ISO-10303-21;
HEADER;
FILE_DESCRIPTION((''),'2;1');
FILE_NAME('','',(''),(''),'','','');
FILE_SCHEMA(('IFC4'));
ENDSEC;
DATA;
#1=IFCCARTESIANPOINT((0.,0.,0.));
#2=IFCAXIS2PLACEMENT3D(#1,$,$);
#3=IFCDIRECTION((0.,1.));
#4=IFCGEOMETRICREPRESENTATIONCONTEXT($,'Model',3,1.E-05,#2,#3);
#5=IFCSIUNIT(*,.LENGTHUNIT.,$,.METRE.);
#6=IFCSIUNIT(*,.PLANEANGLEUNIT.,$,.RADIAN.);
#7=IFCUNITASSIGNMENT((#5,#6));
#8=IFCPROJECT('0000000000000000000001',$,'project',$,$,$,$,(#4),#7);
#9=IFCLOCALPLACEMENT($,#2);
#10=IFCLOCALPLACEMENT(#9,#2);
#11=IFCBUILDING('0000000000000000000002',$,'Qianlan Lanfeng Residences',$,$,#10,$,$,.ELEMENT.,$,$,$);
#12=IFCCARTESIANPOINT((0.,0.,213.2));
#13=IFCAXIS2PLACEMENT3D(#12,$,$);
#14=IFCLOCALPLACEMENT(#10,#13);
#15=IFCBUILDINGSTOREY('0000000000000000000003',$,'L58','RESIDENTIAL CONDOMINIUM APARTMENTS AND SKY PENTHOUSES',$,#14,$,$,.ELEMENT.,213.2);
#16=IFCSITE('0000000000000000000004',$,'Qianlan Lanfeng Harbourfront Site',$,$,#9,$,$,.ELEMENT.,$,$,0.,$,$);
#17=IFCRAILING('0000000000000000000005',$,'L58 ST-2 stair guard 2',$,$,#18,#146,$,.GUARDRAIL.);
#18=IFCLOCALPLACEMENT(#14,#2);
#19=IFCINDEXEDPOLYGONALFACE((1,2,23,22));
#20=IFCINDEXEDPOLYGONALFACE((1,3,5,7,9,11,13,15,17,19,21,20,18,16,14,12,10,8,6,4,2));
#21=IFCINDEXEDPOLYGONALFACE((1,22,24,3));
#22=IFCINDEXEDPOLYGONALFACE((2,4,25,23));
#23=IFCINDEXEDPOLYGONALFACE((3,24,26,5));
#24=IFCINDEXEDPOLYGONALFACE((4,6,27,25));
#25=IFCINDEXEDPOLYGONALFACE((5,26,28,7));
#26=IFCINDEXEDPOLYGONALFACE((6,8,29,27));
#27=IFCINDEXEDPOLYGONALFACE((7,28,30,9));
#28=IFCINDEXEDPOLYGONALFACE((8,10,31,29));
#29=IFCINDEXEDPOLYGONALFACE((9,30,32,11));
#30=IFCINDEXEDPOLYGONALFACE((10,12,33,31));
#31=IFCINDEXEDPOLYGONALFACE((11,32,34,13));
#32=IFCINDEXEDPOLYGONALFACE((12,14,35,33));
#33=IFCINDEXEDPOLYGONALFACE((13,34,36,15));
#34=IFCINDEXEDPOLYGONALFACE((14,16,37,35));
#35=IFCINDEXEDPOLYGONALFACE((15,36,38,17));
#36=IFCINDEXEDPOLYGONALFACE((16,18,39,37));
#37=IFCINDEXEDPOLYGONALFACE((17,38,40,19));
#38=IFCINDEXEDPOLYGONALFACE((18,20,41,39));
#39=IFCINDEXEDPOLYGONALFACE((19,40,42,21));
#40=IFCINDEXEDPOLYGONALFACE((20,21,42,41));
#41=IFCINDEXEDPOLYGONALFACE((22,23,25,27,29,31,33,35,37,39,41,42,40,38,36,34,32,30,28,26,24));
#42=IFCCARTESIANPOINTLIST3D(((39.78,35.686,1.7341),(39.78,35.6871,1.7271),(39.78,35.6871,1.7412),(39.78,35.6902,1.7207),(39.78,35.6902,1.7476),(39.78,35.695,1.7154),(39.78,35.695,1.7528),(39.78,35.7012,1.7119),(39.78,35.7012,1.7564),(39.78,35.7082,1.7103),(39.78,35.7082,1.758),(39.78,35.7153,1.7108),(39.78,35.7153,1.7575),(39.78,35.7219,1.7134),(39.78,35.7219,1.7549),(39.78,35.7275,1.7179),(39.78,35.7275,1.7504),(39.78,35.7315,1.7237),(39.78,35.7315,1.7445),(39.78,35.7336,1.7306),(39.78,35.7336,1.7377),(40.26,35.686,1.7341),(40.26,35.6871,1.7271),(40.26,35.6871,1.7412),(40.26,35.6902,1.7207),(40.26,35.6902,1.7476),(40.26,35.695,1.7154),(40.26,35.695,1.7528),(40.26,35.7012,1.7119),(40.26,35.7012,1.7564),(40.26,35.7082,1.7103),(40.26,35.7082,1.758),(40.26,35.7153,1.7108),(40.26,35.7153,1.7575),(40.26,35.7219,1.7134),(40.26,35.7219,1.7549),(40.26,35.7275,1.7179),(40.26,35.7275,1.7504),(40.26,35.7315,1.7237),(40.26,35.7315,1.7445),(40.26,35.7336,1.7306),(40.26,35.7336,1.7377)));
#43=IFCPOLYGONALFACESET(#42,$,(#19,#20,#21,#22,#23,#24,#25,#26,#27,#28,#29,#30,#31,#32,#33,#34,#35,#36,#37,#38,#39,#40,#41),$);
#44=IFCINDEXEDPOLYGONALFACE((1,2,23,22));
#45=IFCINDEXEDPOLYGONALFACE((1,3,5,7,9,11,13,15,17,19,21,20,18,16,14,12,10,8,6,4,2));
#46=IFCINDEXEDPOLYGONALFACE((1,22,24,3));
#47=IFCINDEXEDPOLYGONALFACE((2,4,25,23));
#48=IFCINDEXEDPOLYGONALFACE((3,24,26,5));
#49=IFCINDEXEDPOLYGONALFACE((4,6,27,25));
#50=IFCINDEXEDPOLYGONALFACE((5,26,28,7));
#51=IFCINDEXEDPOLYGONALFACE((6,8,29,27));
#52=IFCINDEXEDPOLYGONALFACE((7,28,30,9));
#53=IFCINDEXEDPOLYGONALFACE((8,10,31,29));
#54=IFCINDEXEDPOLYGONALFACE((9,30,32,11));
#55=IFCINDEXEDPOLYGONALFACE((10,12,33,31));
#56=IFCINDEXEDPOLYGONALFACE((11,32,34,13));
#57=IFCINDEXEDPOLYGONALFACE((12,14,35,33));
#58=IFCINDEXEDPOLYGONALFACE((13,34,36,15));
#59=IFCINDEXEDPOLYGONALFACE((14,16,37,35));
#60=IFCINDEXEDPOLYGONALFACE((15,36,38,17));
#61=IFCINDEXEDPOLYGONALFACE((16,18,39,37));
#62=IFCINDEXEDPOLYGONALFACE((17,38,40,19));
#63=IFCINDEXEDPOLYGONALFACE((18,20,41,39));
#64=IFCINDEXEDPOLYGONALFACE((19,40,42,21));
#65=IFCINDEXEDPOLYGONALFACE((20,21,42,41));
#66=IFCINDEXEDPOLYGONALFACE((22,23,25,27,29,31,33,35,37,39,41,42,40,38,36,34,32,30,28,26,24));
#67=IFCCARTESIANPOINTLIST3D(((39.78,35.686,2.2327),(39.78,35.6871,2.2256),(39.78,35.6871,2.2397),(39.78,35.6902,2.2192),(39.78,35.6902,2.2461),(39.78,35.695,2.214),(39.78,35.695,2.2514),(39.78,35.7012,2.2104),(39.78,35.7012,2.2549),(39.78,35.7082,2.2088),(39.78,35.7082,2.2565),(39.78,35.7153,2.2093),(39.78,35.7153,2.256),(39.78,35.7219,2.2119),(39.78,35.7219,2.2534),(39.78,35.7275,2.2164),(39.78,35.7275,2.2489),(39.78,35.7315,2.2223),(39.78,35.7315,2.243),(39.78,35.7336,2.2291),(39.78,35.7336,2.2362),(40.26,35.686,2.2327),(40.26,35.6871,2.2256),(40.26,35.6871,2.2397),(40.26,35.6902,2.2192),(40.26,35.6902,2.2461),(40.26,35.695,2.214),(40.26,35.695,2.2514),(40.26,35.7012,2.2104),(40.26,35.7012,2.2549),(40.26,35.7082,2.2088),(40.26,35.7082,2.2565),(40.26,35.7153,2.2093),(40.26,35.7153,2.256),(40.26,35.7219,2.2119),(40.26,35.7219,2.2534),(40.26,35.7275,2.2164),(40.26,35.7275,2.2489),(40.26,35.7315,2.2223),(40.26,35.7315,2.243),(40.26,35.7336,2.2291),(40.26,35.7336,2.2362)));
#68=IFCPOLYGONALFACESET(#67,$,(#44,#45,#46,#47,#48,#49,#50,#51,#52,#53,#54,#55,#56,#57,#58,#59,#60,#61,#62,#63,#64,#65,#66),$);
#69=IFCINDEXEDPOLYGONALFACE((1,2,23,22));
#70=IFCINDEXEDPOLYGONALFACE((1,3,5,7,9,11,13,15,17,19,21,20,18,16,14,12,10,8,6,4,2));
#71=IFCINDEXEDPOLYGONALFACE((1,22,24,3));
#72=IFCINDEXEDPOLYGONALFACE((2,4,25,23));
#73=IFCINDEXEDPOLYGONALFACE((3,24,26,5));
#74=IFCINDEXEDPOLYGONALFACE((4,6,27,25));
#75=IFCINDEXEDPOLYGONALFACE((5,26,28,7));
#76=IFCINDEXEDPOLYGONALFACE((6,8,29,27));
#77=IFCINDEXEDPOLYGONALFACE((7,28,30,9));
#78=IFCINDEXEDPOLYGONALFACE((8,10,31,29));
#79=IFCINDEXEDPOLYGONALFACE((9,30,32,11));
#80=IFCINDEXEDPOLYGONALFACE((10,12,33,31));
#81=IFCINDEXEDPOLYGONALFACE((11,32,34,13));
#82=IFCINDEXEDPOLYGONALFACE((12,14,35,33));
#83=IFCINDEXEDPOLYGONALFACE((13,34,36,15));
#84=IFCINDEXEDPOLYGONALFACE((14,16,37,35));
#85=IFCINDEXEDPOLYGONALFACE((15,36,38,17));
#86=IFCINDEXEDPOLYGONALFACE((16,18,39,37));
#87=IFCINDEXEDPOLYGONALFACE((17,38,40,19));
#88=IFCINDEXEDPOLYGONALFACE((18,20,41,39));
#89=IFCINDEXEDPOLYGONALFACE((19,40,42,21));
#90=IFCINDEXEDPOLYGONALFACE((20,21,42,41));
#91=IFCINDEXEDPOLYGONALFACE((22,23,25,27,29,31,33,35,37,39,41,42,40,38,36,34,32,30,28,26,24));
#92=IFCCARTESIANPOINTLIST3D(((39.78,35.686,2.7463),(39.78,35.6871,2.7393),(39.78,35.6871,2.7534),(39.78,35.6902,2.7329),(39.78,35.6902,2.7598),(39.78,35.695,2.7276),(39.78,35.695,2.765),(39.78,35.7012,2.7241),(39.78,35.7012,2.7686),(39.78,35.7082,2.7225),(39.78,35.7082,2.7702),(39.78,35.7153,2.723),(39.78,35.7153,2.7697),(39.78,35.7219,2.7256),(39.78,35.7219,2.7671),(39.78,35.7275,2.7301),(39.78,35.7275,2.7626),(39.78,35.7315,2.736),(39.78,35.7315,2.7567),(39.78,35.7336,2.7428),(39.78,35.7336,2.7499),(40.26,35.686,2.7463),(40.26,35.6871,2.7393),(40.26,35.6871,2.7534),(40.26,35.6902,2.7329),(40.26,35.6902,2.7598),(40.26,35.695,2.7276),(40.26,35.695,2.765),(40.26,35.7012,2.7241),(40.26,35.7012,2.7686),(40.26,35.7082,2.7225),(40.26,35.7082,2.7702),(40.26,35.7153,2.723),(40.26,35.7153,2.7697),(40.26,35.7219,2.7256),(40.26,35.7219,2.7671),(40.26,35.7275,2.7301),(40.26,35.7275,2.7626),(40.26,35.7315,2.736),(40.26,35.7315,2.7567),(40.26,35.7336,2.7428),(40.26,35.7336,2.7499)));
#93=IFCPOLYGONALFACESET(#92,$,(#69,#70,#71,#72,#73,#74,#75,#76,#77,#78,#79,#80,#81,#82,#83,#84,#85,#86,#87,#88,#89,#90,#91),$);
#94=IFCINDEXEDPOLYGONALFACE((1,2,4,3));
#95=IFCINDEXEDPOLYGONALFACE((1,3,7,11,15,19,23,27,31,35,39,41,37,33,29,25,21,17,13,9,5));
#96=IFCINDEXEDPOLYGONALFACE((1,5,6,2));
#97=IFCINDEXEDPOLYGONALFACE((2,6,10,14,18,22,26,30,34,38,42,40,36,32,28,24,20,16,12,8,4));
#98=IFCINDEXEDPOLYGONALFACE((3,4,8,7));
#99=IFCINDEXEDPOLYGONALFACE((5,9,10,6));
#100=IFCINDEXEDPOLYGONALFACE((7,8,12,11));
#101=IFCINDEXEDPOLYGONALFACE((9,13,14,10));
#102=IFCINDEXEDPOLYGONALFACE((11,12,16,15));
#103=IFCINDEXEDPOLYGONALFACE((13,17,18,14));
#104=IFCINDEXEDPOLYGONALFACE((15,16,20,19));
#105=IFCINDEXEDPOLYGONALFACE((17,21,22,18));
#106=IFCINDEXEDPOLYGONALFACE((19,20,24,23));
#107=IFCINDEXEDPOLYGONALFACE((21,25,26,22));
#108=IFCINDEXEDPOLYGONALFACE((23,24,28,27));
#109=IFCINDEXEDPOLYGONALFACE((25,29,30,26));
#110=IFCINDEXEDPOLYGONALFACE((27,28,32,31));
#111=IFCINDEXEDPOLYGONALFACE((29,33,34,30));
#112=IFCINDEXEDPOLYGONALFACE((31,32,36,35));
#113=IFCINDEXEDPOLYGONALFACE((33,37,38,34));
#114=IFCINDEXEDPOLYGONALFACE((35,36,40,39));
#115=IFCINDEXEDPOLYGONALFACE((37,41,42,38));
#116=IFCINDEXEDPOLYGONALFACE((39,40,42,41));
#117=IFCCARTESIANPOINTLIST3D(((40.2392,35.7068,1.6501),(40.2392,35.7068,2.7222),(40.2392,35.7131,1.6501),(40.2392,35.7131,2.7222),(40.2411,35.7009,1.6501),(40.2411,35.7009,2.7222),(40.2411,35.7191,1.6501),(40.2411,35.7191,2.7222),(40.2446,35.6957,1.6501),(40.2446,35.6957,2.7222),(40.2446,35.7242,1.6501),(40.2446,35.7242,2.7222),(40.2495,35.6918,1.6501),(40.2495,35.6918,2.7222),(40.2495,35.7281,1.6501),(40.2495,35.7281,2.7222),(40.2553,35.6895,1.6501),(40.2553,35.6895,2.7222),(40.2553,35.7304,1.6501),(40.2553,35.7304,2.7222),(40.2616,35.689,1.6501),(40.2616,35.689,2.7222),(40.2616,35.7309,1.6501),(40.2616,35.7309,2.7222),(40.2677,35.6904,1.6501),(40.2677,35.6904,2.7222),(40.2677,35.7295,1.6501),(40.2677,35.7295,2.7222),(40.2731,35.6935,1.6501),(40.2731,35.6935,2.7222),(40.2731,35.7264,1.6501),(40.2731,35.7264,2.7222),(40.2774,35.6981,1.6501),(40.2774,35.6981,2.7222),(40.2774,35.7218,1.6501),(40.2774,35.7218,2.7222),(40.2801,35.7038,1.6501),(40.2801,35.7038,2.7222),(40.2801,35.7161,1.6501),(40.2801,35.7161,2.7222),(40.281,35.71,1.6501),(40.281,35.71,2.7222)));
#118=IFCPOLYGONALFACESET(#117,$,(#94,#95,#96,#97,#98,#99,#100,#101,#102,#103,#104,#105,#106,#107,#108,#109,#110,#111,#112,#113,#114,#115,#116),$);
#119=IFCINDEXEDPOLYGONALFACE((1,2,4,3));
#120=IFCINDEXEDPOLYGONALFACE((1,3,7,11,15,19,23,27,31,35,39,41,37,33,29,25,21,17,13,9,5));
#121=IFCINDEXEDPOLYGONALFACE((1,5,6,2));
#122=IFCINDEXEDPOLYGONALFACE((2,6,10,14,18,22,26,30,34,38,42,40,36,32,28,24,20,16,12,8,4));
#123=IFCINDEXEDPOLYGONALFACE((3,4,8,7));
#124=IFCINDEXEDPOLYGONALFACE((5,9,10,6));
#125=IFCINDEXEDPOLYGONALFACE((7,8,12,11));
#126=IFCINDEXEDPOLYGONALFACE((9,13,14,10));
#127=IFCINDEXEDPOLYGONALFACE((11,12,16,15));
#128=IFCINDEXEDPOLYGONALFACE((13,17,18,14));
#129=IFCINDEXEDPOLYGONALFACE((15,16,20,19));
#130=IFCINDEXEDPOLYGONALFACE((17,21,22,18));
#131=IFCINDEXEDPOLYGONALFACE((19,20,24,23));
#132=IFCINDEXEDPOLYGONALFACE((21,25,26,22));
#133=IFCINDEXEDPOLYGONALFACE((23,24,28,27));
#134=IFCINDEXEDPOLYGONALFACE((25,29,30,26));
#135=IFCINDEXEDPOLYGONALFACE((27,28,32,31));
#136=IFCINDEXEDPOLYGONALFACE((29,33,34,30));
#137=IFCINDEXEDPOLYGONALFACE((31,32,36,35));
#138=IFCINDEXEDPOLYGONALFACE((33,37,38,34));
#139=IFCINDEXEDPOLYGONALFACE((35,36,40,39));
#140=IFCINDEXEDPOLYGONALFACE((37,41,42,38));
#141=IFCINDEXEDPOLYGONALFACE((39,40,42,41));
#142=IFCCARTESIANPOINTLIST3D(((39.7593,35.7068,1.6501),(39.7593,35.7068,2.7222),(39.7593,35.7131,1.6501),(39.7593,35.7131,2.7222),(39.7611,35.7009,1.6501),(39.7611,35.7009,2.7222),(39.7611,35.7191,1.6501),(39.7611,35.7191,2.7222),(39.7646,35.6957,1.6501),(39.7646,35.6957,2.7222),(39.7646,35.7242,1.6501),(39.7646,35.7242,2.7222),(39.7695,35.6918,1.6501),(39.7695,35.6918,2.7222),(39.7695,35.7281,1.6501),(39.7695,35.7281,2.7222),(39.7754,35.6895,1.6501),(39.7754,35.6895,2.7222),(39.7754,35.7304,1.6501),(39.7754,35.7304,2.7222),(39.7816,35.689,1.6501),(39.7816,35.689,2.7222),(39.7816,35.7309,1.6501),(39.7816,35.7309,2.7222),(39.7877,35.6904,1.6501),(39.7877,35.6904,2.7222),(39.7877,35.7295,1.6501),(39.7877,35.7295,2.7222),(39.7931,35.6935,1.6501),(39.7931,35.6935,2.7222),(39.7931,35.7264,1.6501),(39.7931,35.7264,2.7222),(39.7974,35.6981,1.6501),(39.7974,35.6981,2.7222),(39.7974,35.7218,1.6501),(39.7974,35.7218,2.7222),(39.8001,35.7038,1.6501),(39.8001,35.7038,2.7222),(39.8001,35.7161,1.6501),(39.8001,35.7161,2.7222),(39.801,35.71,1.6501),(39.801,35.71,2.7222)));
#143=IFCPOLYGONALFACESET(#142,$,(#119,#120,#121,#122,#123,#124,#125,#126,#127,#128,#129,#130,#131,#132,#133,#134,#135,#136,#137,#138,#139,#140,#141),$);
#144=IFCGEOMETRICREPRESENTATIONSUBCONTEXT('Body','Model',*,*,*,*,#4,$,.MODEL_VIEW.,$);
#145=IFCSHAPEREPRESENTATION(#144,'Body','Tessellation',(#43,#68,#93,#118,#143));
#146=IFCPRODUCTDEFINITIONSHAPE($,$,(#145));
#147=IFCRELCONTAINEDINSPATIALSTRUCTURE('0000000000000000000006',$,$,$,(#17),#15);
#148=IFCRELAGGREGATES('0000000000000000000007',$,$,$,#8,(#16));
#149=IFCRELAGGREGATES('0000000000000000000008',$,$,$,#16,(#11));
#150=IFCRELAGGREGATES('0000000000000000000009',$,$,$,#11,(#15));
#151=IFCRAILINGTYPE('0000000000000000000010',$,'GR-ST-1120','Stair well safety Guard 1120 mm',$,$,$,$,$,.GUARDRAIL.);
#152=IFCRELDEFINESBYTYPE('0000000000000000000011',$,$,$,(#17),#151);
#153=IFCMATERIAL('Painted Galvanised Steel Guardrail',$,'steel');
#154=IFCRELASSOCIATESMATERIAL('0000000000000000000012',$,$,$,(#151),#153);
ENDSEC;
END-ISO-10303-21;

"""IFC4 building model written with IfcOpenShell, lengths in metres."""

from ifc_helpers import new_model, si_unit, direction, frame, origin, origin_2d, place, context, subcontext, project, spatial, circle, extrude, material, type_object, element, save


model = new_model("IFC4")

# Units and contexts
model_context = context("Model", 3, precision=1e-05, world=origin(), true_north=direction((0.0, 1.0)))
body_context = subcontext(model_context, "Body", "Model", "MODEL_VIEW")
ifc_project = project(units=[si_unit("LENGTHUNIT", "METRE"), si_unit("PLANEANGLEUNIT", "RADIAN")], contexts=[model_context])

# Site, building, storey
site_placement = place(None, origin())
site = spatial("IfcSite", under=ifc_project, at=site_placement, Name="Qianlan Lanfeng Harbourfront Site", CompositionType="ELEMENT", RefElevation=0.0)
building_placement = place(site_placement, origin())
building = spatial("IfcBuilding", under=site, at=building_placement, Name="Qianlan Lanfeng Residences", CompositionType="ELEMENT")
storey_placement = place(building_placement, frame((0.0, 0.0, 213.2)))
storey = spatial("IfcBuildingStorey", under=building, at=storey_placement, Name="L58", Description="RESIDENTIAL CONDOMINIUM APARTMENTS AND SKY PENTHOUSES", CompositionType="ELEMENT", Elevation=213.2)

# Railing
ifc_material_1 = material(Name="Painted Galvanised Steel Guardrail", Category="steel")
railing_type_1 = type_object("IfcRailingType", Name="GR-ST-1120", Description="Stair well safety Guard 1120 mm", PredefinedType="GUARDRAIL", material=ifc_material_1)
railing_1_placement = place(storey_placement, frame((40.26, 35.71, 1.6501)))
element("IfcRailing", 1, at=railing_1_placement, inside=storey, type_object=railing_type_1, Name="L58 ST-2 stair guard 2", PredefinedType="GUARDRAIL", context=body_context, shape_type="SweptSolid", body=[
    extrude(circle(Radius=0.0239, at=origin_2d()), frame((0.0, 0.0, 0.084), z_axis=(-1.0, 0.0, 0.0), x_axis=(0.0, -1.0, 0.0)), (0.0, 0.0, 1.0), 0.48),
    extrude(circle(Radius=0.0239, at=origin_2d()), frame((0.0, 0.0, 0.5825), z_axis=(-1.0, 0.0, 0.0), x_axis=(0.0, -1.0, 0.0)), (0.0, 0.0, 1.0), 0.48),
    extrude(circle(Radius=0.0239, at=origin_2d()), frame((0.0, 0.0, 1.0962), z_axis=(-1.0, 0.0, 0.0), x_axis=(0.0, -1.0, 0.0)), (0.0, 0.0, 1.0), 0.48),
    extrude(circle(Radius=0.021, at=origin_2d()), origin(), (0.0, 0.0, 1.0), 1.072),
    extrude(circle(Radius=0.021, at=origin_2d()), frame((-0.48, 0.0, 0.0)), (0.0, 0.0, 1.0), 1.072),
])

save(model, "model.ifc")
